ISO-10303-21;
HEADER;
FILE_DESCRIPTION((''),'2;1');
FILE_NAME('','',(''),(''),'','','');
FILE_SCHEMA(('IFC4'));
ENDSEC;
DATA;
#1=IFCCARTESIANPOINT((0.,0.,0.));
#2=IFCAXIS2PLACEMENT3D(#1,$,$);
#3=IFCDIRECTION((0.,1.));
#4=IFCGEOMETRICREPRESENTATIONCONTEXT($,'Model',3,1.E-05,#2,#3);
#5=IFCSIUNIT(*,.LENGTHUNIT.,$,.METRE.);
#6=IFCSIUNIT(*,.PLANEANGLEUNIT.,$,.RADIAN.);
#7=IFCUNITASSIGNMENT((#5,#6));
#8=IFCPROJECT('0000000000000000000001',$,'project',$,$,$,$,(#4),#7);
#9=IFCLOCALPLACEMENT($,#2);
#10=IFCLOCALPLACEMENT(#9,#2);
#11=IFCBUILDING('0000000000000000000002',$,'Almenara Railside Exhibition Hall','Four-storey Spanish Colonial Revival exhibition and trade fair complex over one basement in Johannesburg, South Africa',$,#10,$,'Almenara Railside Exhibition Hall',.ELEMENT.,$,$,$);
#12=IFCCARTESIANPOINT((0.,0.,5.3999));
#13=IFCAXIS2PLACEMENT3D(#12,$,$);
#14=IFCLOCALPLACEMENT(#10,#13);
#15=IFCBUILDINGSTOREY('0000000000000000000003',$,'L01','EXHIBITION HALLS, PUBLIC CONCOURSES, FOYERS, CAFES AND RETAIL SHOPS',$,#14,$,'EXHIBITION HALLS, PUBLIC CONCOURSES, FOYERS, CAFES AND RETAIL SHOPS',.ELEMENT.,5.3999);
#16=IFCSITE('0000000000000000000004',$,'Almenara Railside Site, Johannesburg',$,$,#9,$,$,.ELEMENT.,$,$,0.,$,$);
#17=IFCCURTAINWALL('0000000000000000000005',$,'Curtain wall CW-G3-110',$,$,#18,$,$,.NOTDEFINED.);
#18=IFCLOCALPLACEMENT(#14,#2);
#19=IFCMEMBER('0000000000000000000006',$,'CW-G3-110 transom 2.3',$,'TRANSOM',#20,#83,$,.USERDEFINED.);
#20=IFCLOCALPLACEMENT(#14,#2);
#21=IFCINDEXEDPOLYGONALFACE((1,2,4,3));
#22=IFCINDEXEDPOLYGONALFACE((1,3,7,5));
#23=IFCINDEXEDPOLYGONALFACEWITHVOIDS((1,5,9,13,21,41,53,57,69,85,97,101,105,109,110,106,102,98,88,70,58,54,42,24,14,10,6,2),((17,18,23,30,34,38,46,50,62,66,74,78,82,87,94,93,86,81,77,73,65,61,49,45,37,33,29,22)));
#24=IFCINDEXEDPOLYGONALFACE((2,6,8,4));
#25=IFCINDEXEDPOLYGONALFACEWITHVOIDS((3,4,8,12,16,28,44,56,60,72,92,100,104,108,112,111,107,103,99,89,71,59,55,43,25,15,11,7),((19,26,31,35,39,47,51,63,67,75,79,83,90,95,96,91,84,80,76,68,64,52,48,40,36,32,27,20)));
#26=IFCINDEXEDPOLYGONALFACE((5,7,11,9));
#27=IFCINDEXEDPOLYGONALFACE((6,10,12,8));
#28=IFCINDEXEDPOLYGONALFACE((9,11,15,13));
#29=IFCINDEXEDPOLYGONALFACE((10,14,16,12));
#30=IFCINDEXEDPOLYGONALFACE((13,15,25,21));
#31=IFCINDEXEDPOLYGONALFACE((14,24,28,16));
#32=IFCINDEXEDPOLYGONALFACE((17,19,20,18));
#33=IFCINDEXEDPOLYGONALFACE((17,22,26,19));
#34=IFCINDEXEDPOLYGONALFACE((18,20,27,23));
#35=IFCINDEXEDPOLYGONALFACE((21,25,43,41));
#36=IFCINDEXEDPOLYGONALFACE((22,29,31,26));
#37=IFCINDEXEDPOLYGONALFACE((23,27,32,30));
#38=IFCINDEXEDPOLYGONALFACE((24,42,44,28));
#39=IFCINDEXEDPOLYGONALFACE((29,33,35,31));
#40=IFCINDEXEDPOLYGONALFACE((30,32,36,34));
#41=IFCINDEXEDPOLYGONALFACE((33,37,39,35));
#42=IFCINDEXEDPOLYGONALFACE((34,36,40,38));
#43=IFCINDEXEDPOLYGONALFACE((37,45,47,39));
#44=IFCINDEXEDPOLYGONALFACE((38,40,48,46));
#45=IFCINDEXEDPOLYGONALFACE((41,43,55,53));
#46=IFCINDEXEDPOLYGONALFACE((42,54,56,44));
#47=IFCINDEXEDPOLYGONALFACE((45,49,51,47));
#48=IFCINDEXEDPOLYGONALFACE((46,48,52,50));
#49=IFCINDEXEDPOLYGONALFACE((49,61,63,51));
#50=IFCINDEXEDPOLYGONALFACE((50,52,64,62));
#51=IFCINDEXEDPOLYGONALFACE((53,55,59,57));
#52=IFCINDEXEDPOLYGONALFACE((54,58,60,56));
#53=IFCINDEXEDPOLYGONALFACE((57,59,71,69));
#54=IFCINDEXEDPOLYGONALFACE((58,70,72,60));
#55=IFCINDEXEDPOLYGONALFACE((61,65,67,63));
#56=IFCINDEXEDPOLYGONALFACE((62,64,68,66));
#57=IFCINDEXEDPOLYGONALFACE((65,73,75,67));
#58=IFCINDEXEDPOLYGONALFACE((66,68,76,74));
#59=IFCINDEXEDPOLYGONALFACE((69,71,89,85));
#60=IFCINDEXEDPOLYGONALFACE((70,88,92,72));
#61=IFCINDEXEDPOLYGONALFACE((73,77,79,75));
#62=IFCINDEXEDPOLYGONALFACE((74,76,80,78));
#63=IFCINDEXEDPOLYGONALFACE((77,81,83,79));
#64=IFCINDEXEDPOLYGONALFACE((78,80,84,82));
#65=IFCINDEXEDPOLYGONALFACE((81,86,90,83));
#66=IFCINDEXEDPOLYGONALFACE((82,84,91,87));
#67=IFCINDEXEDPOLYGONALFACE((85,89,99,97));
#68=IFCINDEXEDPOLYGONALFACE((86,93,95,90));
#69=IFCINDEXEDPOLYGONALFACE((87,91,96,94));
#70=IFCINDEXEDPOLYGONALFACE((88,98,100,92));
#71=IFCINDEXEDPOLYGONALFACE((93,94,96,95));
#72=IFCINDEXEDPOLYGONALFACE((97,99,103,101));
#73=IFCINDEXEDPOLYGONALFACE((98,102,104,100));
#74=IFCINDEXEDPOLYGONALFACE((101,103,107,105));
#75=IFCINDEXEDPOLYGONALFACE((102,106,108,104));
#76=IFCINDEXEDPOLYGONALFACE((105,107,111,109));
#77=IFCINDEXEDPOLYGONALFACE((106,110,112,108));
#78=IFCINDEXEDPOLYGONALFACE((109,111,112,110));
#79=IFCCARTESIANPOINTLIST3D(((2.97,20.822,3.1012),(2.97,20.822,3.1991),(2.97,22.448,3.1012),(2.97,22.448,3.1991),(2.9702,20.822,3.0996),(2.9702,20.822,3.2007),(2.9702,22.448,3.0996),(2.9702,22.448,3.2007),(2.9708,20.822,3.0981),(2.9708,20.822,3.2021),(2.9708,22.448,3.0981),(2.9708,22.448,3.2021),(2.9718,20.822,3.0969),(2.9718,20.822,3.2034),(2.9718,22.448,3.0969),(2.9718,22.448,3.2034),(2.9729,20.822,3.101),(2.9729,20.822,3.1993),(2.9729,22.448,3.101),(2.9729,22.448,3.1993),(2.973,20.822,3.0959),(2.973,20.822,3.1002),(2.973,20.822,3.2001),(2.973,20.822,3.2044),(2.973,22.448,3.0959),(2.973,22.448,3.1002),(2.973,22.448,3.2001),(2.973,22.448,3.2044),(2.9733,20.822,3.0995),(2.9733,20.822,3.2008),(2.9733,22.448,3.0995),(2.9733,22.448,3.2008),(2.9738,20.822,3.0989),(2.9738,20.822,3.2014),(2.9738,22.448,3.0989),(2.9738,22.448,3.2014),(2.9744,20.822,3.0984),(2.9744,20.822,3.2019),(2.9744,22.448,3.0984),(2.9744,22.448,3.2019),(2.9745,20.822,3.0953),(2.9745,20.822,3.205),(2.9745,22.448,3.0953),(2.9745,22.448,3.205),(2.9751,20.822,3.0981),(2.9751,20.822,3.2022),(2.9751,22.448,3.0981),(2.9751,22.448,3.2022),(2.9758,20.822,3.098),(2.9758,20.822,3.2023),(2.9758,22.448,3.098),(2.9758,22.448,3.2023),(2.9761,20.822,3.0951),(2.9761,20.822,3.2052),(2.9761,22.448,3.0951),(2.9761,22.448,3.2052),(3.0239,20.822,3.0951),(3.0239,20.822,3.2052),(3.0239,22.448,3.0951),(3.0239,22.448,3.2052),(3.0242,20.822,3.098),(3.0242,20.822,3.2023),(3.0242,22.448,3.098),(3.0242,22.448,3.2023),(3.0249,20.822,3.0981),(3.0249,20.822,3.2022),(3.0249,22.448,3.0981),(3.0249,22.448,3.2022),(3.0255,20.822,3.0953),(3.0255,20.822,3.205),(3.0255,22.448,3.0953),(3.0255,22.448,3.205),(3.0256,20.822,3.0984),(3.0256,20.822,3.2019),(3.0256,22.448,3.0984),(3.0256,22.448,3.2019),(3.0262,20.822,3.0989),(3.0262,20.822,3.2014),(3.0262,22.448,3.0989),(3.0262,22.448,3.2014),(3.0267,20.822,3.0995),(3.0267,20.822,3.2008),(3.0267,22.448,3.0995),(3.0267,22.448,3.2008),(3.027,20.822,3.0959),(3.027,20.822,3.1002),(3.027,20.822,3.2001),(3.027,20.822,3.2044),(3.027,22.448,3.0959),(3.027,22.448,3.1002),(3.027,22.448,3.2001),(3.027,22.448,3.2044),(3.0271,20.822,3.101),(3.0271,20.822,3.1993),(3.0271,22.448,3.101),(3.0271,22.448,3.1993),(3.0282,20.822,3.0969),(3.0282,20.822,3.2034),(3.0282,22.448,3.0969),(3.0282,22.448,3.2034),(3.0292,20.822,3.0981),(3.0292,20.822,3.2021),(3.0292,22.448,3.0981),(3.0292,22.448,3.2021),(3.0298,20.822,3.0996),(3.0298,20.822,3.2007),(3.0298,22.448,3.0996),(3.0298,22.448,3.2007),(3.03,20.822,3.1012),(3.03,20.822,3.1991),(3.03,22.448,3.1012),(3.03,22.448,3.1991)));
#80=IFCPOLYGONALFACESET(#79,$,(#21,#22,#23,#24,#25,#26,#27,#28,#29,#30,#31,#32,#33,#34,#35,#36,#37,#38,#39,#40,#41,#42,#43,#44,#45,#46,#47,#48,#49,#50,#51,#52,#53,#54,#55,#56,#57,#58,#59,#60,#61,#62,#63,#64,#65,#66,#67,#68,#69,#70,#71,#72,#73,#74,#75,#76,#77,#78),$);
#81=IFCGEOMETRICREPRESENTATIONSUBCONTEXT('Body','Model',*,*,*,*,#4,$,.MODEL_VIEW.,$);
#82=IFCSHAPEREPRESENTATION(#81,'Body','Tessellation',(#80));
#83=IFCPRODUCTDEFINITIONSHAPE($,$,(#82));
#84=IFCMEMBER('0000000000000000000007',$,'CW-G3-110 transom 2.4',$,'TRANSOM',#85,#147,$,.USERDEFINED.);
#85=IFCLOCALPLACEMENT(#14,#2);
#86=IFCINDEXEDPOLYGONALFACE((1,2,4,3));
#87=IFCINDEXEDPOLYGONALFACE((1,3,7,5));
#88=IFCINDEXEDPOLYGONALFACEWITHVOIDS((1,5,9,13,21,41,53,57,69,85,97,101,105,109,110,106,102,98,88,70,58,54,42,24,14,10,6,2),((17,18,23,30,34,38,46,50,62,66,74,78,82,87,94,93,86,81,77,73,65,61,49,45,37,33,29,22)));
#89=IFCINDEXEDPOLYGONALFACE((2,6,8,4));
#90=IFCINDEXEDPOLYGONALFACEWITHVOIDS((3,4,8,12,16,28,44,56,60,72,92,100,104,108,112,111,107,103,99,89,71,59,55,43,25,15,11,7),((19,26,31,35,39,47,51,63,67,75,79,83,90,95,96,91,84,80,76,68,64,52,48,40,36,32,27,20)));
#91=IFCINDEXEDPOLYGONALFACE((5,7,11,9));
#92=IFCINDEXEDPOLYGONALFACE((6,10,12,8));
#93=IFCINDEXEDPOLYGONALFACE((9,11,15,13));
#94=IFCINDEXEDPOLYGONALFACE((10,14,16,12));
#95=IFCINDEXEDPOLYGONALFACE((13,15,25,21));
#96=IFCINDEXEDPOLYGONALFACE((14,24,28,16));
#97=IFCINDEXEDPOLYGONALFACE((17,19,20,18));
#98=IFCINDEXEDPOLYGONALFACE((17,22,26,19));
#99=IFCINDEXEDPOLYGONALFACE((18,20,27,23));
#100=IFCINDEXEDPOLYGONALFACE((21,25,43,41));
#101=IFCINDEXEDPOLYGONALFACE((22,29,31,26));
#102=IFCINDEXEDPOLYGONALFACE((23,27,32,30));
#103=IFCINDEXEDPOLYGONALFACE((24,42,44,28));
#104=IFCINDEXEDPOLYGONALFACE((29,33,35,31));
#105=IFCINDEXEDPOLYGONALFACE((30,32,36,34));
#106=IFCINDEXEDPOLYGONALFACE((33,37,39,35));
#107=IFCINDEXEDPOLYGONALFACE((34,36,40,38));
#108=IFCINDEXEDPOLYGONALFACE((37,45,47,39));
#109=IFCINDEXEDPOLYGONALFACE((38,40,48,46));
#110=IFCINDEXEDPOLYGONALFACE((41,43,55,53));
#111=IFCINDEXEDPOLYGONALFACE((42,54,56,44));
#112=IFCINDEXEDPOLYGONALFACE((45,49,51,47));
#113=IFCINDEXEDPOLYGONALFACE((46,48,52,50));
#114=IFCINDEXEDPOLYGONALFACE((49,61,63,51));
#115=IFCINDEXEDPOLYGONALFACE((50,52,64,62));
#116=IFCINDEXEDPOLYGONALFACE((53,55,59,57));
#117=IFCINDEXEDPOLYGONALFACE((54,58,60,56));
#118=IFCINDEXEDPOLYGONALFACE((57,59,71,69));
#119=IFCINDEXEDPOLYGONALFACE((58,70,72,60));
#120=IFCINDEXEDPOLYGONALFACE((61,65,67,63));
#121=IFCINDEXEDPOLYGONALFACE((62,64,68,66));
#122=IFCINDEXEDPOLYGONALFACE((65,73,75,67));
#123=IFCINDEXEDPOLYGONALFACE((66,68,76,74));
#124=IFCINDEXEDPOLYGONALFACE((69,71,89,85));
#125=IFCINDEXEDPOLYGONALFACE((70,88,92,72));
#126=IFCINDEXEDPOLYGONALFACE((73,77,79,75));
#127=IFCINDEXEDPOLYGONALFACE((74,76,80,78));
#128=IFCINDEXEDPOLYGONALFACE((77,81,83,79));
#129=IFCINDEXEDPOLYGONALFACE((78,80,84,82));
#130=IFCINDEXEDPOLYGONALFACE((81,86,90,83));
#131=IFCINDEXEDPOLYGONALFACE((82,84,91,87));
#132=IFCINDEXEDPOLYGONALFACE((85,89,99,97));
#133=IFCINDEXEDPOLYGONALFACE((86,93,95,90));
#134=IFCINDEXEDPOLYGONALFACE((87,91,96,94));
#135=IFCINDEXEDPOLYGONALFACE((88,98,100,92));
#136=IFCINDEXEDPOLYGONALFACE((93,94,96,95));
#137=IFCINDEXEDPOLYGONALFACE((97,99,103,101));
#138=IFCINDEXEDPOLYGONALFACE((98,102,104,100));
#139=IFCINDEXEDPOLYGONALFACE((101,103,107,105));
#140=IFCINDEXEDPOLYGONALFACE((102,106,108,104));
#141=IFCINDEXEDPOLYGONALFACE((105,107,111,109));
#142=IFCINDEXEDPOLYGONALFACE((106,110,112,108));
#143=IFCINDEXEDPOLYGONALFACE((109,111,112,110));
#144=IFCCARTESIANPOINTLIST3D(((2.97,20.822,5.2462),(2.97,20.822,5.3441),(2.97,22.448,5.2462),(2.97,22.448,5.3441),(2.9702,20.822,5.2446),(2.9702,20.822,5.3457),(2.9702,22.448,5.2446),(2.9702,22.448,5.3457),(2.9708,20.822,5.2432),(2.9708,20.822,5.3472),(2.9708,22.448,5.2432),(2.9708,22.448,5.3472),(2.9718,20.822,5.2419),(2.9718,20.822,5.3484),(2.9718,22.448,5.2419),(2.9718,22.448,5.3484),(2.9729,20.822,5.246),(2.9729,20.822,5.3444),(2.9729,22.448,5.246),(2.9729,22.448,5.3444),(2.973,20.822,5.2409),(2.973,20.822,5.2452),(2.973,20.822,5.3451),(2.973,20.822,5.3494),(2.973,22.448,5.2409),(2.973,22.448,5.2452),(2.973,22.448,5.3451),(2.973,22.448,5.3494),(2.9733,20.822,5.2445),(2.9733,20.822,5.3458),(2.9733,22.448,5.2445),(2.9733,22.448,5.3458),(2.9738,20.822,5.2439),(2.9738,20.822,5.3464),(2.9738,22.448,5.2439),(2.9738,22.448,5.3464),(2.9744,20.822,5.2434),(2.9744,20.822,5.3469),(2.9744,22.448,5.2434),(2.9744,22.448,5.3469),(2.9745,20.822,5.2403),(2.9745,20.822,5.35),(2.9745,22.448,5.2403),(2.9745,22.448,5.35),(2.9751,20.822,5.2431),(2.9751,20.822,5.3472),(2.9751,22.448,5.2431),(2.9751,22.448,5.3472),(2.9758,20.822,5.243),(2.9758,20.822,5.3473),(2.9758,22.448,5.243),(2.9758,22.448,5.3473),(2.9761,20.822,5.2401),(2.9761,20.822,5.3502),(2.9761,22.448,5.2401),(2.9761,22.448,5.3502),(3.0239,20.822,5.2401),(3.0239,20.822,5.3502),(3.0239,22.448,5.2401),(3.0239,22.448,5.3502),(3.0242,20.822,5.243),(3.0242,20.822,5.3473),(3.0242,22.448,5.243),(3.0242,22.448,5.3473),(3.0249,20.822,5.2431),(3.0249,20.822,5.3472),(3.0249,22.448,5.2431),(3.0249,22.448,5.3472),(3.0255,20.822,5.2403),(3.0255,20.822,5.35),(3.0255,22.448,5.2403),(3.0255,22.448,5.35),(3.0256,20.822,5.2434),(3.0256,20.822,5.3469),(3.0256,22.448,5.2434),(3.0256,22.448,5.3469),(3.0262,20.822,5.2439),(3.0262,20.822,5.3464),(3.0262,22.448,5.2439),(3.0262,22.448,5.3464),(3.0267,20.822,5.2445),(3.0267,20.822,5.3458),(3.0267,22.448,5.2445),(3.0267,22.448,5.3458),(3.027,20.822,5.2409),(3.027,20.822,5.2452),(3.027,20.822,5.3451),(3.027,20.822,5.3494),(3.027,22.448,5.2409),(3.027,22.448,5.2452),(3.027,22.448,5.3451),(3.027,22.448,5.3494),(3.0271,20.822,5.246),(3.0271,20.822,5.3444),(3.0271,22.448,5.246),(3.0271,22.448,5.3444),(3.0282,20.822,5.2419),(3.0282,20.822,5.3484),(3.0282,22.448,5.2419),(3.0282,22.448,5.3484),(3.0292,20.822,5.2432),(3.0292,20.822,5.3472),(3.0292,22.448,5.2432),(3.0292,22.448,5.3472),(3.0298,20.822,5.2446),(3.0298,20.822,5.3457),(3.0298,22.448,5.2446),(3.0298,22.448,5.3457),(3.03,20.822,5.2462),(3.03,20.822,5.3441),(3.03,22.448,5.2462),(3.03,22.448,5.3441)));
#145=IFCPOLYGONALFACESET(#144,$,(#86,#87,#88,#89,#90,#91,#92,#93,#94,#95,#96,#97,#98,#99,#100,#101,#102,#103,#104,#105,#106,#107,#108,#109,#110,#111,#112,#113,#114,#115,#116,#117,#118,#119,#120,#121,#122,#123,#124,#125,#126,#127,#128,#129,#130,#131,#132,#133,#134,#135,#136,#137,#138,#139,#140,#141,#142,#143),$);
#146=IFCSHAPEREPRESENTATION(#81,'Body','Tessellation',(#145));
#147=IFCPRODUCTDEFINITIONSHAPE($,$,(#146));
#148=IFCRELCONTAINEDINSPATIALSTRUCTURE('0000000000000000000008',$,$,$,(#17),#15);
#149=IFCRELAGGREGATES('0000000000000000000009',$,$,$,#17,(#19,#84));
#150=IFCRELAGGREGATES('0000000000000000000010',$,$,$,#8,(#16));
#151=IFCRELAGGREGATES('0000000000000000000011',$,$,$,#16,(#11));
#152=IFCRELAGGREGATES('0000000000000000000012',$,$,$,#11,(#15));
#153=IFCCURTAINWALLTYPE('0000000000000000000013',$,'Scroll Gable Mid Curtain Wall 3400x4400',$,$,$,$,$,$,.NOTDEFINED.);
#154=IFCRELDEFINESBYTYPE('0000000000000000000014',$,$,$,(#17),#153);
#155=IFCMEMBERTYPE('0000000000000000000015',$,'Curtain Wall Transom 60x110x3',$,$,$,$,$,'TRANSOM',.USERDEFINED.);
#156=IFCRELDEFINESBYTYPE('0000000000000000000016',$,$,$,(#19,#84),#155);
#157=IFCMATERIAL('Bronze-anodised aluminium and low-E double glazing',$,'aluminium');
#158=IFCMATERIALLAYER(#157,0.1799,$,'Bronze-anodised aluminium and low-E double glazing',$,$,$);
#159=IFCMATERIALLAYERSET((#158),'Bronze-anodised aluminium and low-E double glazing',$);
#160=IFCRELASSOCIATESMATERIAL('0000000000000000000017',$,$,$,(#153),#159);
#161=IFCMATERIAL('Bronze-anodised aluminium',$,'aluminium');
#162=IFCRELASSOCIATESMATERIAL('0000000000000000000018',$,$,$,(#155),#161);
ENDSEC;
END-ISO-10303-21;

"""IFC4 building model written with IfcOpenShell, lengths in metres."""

from ifc_helpers import new_model, si_unit, direction, frame, origin, origin_2d, place, context, subcontext, project, spatial, hollow_rectangle, extrude, material, layer, layer_set, material_profile, profile_set, type_object, element, aggregate, save


model = new_model("IFC4")

# Units and contexts
model_context = context("Model", 3, precision=1e-05, world=origin(), true_north=direction((0.0, 1.0)))
body_context = subcontext(model_context, "Body", "Model", "MODEL_VIEW")
ifc_project = project(units=[si_unit("LENGTHUNIT", "METRE"), si_unit("PLANEANGLEUNIT", "RADIAN")], contexts=[model_context])

# Site, building, storey
site_placement = place(None, origin())
site = spatial("IfcSite", under=ifc_project, at=site_placement, Name="Almenara Railside Site, Johannesburg", CompositionType="ELEMENT", RefElevation=0.0)
building_placement = place(site_placement, origin())
building = spatial("IfcBuilding", under=site, at=building_placement, Name="Almenara Railside Exhibition Hall", Description="Four-storey Spanish Colonial Revival exhibition and trade fair complex over one basement in Johannesburg, South Africa", LongName="Almenara Railside Exhibition Hall", CompositionType="ELEMENT")
storey_placement = place(building_placement, frame((0.0, 0.0, 5.3999)))
storey = spatial("IfcBuildingStorey", under=building, at=storey_placement, Name="L01", Description="EXHIBITION HALLS, PUBLIC CONCOURSES, FOYERS, CAFES AND RETAIL SHOPS", LongName="EXHIBITION HALLS, PUBLIC CONCOURSES, FOYERS, CAFES AND RETAIL SHOPS", CompositionType="ELEMENT", Elevation=5.3999)

# Curtain wall
ifc_material_1 = material(Name="Bronze-anodised aluminium and low-E double glazing", Category="aluminium")
ifc_layer_1 = layer(ifc_material_1, 0.1799, Name="Bronze-anodised aluminium and low-E double glazing")
ifc_layer_set_1 = layer_set([ifc_layer_1], Name="Bronze-anodised aluminium and low-E double glazing")
curtain_wall_type = type_object("IfcCurtainWallType", Name="Scroll Gable Mid Curtain Wall 3400x4400", PredefinedType="NOTDEFINED", material=ifc_layer_set_1)
curtain_wall_1_placement = place(storey_placement, origin())
curtain_wall_1 = element("IfcCurtainWall", 1, at=curtain_wall_1_placement, inside=storey, type_object=curtain_wall_type, Name="Curtain wall CW-G3-110", PredefinedType="NOTDEFINED")
ifc_material_2 = material(Name="Bronze-anodised aluminium", Category="aluminium")

# Members
ifc_material_profile_1 = material_profile(ifc_material_2, hollow_rectangle(XDim=0.0601, YDim=0.1101, WallThickness=0.0029, InnerFilletRadius=0.0029, OuterFilletRadius=0.0061, at=origin_2d()), Name="ALU-TRN 60x110x3")
ifc_profile_set_1 = profile_set([ifc_material_profile_1], Name="Bronze-anodised aluminium")
member_type_1 = type_object("IfcMemberType", Name="Curtain Wall Transom 60x110x3", ElementType="TRANSOM", PredefinedType="USERDEFINED", material=ifc_profile_set_1)
member_1_placement = place(storey_placement, frame((3.0, 20.822, 3.1501), z_axis=(0.0, 1.0, 0.0), x_axis=(-1.0, 0.0, 0.0)))
member_1 = element("IfcMember", 2, at=member_1_placement, type_object=member_type_1, Name="CW-G3-110 transom 2.3", ObjectType="TRANSOM", PredefinedType="USERDEFINED", context=body_context, shape_type="SweptSolid", body=[
    extrude(hollow_rectangle(XDim=0.0601, YDim=0.1101, WallThickness=0.0029, InnerFilletRadius=0.0029, OuterFilletRadius=0.0061, at=origin_2d()), origin(), (0.0, 0.0, 1.0), 1.626),
])
member_2_placement = place(storey_placement, frame((3.0, 20.822, 5.2952), z_axis=(0.0, 1.0, 0.0), x_axis=(-1.0, 0.0, 0.0)))
member_2 = element("IfcMember", 3, at=member_2_placement, type_object=member_type_1, Name="CW-G3-110 transom 2.4", ObjectType="TRANSOM", PredefinedType="USERDEFINED", context=body_context, shape_type="SweptSolid", body=[
    extrude(hollow_rectangle(XDim=0.0601, YDim=0.1101, WallThickness=0.0029, InnerFilletRadius=0.0029, OuterFilletRadius=0.0061, at=origin_2d()), origin(), (0.0, 0.0, 1.0), 1.626),
])

aggregate(curtain_wall_1, [member_1, member_2])

save(model, "model.ifc")
